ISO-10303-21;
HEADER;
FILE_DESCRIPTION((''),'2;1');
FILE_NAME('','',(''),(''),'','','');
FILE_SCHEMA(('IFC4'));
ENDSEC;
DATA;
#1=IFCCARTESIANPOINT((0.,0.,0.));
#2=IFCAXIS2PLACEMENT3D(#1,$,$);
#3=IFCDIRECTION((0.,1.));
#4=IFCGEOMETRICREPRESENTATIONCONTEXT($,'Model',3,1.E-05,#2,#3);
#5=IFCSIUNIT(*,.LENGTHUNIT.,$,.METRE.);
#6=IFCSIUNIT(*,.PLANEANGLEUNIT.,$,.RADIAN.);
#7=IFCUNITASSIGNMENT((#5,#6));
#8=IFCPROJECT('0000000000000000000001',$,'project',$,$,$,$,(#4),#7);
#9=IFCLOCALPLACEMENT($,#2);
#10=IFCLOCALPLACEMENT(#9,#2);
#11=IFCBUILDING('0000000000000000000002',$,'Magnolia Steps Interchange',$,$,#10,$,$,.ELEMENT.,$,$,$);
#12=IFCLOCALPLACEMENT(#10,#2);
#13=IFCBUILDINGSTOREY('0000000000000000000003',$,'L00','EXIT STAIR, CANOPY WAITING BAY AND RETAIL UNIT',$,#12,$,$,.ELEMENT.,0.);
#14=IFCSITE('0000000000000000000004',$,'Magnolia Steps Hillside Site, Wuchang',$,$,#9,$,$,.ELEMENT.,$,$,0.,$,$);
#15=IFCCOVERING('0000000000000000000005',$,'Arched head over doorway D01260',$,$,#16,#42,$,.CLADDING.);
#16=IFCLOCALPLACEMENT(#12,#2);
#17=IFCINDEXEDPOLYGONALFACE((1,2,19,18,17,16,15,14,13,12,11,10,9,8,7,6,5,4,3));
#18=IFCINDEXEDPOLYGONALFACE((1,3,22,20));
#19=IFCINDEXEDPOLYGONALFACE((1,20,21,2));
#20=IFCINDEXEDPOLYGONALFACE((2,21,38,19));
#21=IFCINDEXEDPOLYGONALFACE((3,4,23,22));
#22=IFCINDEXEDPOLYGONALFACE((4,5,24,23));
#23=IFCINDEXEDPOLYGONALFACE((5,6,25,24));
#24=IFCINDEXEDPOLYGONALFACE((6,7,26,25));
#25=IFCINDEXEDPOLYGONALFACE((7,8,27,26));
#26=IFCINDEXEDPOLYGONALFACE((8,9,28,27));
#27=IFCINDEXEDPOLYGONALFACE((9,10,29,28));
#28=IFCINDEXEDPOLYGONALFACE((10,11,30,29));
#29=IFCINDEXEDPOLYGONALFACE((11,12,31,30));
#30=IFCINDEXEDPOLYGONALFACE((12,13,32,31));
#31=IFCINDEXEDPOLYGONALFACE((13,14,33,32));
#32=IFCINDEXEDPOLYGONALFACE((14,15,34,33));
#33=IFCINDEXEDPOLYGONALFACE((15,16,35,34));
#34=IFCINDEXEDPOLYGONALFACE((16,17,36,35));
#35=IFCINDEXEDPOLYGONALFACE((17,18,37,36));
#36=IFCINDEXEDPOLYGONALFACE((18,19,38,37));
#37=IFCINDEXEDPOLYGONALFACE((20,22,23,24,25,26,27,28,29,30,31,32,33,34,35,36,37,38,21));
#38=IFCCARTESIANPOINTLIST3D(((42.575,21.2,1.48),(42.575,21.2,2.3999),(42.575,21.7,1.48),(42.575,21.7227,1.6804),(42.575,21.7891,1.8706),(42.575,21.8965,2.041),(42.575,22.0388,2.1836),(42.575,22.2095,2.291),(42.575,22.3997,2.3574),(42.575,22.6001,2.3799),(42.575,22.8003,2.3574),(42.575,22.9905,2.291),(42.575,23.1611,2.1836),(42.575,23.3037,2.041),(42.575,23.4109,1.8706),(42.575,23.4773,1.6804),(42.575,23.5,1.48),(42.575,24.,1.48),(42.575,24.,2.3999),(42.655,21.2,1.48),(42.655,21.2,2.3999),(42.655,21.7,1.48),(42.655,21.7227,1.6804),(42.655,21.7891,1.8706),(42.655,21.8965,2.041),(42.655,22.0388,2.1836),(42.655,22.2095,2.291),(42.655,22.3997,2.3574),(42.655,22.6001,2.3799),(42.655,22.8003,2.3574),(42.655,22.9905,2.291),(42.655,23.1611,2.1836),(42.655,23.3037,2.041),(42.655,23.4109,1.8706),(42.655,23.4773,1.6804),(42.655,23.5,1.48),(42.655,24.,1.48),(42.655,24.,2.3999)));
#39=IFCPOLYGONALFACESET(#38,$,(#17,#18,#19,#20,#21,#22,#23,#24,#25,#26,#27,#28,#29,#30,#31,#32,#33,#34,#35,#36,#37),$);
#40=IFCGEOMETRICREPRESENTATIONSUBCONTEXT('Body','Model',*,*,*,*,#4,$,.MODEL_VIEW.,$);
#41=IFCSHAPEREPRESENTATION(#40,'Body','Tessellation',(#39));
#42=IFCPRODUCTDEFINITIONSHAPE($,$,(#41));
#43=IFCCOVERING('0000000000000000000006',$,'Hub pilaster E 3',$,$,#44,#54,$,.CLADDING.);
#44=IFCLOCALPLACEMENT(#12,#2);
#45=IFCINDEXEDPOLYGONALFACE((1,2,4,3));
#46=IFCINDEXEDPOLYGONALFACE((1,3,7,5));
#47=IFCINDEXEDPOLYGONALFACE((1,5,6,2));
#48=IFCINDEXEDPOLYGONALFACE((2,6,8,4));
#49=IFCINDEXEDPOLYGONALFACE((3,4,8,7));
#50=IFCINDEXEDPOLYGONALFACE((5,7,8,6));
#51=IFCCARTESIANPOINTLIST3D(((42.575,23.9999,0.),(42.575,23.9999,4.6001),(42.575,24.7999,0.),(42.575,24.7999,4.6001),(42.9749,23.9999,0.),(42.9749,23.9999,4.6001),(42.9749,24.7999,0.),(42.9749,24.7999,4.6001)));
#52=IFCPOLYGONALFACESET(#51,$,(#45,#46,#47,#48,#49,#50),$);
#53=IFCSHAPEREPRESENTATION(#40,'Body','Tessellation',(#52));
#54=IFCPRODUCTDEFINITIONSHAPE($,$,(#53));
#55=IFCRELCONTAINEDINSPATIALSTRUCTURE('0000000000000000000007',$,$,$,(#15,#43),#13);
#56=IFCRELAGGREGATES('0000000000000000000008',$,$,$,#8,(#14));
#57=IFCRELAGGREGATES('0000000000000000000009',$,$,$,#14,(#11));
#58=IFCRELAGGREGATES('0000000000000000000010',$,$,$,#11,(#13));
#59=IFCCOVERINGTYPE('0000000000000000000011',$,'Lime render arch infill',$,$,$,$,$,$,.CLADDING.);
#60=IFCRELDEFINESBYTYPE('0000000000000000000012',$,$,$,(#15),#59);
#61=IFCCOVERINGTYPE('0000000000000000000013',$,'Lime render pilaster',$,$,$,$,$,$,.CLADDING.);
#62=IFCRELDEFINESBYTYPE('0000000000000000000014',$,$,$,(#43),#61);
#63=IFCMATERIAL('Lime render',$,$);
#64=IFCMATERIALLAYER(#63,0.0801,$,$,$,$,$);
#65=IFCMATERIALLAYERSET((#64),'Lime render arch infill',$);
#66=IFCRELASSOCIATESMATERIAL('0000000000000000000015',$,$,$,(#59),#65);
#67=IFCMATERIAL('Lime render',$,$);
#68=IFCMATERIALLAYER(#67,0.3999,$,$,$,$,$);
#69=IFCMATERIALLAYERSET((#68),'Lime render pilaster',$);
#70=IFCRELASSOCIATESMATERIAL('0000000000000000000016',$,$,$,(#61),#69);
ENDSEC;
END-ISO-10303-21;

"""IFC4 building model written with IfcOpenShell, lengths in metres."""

from ifc_helpers import new_model, si_unit, direction, frame, origin, origin_2d, place, context, subcontext, project, spatial, polyline, rectangle, outline, extrude, material, layer, layer_set, type_object, element, save


model = new_model("IFC4")

# Units and contexts
model_context = context("Model", 3, precision=1e-05, world=origin(), true_north=direction((0.0, 1.0)))
body_context = subcontext(model_context, "Body", "Model", "MODEL_VIEW")
ifc_project = project(units=[si_unit("LENGTHUNIT", "METRE"), si_unit("PLANEANGLEUNIT", "RADIAN")], contexts=[model_context])

# Site, building, storey
site_placement = place(None, origin())
site = spatial("IfcSite", under=ifc_project, at=site_placement, Name="Magnolia Steps Hillside Site, Wuchang", CompositionType="ELEMENT", RefElevation=0.0)
building_placement = place(site_placement, origin())
building = spatial("IfcBuilding", under=site, at=building_placement, Name="Magnolia Steps Interchange", CompositionType="ELEMENT")
storey_placement = place(building_placement, origin())
storey = spatial("IfcBuildingStorey", under=building, at=storey_placement, Name="L00", Description="EXIT STAIR, CANOPY WAITING BAY AND RETAIL UNIT", CompositionType="ELEMENT", Elevation=0.0)

# Coverings
ifc_material_1 = material(Name="Lime render")
ifc_layer_1 = layer(ifc_material_1, 0.0801)
ifc_layer_set_1 = layer_set([ifc_layer_1], Name="Lime render arch infill")
covering_type_1 = type_object("IfcCoveringType", Name="Lime render arch infill", PredefinedType="CLADDING", material=ifc_layer_set_1)
covering_1_placement = place(storey_placement, frame((42.575, 21.2, 1.48), z_axis=(-1.0, 0.0, 0.0), x_axis=(0.0, 0.0, 1.0)))
element("IfcCovering", 1, at=covering_1_placement, inside=storey, type_object=covering_type_1, Name="Arched head over doorway D01260", PredefinedType="CLADDING", context=body_context, shape_type="SweptSolid", body=[
    extrude(outline(polyline([(0.0, 0.0), (0.9199, 0.0), (0.9199, 2.8), (0.0, 2.8), (0.0, 2.3), (0.2004, 2.2773), (0.3906, 2.2109), (0.561, 2.1038), (0.7036, 1.9612), (0.811, 1.7905), (0.8774, 1.6003), (0.8999, 1.4001), (0.8774, 1.1997), (0.811, 1.0095), (0.7036, 0.8389), (0.561, 0.6965), (0.3906, 0.5891), (0.2004, 0.5227), (0.0, 0.5), (0.0, 0.0)])), origin(), (0.0, 0.0, -1.0), 0.0801),
])
ifc_material_2 = material(Name="Lime render")
ifc_layer_2 = layer(ifc_material_2, 0.3999)
ifc_layer_set_2 = layer_set([ifc_layer_2], Name="Lime render pilaster")
covering_type_2 = type_object("IfcCoveringType", Name="Lime render pilaster", PredefinedType="CLADDING", material=ifc_layer_set_2)
covering_2_placement = place(storey_placement, frame((42.7749, 24.3999, 0.0), z_axis=(0.0, 0.0, 1.0), x_axis=(1.0, 0.0, 0.0)))
element("IfcCovering", 2, at=covering_2_placement, inside=storey, type_object=covering_type_2, Name="Hub pilaster E 3", PredefinedType="CLADDING", context=body_context, shape_type="SweptSolid", body=[
    extrude(rectangle(XDim=0.3999, YDim=0.8, at=origin_2d()), origin(), (0.0, 0.0, 1.0), 4.6001),
])

save(model, "model.ifc")
